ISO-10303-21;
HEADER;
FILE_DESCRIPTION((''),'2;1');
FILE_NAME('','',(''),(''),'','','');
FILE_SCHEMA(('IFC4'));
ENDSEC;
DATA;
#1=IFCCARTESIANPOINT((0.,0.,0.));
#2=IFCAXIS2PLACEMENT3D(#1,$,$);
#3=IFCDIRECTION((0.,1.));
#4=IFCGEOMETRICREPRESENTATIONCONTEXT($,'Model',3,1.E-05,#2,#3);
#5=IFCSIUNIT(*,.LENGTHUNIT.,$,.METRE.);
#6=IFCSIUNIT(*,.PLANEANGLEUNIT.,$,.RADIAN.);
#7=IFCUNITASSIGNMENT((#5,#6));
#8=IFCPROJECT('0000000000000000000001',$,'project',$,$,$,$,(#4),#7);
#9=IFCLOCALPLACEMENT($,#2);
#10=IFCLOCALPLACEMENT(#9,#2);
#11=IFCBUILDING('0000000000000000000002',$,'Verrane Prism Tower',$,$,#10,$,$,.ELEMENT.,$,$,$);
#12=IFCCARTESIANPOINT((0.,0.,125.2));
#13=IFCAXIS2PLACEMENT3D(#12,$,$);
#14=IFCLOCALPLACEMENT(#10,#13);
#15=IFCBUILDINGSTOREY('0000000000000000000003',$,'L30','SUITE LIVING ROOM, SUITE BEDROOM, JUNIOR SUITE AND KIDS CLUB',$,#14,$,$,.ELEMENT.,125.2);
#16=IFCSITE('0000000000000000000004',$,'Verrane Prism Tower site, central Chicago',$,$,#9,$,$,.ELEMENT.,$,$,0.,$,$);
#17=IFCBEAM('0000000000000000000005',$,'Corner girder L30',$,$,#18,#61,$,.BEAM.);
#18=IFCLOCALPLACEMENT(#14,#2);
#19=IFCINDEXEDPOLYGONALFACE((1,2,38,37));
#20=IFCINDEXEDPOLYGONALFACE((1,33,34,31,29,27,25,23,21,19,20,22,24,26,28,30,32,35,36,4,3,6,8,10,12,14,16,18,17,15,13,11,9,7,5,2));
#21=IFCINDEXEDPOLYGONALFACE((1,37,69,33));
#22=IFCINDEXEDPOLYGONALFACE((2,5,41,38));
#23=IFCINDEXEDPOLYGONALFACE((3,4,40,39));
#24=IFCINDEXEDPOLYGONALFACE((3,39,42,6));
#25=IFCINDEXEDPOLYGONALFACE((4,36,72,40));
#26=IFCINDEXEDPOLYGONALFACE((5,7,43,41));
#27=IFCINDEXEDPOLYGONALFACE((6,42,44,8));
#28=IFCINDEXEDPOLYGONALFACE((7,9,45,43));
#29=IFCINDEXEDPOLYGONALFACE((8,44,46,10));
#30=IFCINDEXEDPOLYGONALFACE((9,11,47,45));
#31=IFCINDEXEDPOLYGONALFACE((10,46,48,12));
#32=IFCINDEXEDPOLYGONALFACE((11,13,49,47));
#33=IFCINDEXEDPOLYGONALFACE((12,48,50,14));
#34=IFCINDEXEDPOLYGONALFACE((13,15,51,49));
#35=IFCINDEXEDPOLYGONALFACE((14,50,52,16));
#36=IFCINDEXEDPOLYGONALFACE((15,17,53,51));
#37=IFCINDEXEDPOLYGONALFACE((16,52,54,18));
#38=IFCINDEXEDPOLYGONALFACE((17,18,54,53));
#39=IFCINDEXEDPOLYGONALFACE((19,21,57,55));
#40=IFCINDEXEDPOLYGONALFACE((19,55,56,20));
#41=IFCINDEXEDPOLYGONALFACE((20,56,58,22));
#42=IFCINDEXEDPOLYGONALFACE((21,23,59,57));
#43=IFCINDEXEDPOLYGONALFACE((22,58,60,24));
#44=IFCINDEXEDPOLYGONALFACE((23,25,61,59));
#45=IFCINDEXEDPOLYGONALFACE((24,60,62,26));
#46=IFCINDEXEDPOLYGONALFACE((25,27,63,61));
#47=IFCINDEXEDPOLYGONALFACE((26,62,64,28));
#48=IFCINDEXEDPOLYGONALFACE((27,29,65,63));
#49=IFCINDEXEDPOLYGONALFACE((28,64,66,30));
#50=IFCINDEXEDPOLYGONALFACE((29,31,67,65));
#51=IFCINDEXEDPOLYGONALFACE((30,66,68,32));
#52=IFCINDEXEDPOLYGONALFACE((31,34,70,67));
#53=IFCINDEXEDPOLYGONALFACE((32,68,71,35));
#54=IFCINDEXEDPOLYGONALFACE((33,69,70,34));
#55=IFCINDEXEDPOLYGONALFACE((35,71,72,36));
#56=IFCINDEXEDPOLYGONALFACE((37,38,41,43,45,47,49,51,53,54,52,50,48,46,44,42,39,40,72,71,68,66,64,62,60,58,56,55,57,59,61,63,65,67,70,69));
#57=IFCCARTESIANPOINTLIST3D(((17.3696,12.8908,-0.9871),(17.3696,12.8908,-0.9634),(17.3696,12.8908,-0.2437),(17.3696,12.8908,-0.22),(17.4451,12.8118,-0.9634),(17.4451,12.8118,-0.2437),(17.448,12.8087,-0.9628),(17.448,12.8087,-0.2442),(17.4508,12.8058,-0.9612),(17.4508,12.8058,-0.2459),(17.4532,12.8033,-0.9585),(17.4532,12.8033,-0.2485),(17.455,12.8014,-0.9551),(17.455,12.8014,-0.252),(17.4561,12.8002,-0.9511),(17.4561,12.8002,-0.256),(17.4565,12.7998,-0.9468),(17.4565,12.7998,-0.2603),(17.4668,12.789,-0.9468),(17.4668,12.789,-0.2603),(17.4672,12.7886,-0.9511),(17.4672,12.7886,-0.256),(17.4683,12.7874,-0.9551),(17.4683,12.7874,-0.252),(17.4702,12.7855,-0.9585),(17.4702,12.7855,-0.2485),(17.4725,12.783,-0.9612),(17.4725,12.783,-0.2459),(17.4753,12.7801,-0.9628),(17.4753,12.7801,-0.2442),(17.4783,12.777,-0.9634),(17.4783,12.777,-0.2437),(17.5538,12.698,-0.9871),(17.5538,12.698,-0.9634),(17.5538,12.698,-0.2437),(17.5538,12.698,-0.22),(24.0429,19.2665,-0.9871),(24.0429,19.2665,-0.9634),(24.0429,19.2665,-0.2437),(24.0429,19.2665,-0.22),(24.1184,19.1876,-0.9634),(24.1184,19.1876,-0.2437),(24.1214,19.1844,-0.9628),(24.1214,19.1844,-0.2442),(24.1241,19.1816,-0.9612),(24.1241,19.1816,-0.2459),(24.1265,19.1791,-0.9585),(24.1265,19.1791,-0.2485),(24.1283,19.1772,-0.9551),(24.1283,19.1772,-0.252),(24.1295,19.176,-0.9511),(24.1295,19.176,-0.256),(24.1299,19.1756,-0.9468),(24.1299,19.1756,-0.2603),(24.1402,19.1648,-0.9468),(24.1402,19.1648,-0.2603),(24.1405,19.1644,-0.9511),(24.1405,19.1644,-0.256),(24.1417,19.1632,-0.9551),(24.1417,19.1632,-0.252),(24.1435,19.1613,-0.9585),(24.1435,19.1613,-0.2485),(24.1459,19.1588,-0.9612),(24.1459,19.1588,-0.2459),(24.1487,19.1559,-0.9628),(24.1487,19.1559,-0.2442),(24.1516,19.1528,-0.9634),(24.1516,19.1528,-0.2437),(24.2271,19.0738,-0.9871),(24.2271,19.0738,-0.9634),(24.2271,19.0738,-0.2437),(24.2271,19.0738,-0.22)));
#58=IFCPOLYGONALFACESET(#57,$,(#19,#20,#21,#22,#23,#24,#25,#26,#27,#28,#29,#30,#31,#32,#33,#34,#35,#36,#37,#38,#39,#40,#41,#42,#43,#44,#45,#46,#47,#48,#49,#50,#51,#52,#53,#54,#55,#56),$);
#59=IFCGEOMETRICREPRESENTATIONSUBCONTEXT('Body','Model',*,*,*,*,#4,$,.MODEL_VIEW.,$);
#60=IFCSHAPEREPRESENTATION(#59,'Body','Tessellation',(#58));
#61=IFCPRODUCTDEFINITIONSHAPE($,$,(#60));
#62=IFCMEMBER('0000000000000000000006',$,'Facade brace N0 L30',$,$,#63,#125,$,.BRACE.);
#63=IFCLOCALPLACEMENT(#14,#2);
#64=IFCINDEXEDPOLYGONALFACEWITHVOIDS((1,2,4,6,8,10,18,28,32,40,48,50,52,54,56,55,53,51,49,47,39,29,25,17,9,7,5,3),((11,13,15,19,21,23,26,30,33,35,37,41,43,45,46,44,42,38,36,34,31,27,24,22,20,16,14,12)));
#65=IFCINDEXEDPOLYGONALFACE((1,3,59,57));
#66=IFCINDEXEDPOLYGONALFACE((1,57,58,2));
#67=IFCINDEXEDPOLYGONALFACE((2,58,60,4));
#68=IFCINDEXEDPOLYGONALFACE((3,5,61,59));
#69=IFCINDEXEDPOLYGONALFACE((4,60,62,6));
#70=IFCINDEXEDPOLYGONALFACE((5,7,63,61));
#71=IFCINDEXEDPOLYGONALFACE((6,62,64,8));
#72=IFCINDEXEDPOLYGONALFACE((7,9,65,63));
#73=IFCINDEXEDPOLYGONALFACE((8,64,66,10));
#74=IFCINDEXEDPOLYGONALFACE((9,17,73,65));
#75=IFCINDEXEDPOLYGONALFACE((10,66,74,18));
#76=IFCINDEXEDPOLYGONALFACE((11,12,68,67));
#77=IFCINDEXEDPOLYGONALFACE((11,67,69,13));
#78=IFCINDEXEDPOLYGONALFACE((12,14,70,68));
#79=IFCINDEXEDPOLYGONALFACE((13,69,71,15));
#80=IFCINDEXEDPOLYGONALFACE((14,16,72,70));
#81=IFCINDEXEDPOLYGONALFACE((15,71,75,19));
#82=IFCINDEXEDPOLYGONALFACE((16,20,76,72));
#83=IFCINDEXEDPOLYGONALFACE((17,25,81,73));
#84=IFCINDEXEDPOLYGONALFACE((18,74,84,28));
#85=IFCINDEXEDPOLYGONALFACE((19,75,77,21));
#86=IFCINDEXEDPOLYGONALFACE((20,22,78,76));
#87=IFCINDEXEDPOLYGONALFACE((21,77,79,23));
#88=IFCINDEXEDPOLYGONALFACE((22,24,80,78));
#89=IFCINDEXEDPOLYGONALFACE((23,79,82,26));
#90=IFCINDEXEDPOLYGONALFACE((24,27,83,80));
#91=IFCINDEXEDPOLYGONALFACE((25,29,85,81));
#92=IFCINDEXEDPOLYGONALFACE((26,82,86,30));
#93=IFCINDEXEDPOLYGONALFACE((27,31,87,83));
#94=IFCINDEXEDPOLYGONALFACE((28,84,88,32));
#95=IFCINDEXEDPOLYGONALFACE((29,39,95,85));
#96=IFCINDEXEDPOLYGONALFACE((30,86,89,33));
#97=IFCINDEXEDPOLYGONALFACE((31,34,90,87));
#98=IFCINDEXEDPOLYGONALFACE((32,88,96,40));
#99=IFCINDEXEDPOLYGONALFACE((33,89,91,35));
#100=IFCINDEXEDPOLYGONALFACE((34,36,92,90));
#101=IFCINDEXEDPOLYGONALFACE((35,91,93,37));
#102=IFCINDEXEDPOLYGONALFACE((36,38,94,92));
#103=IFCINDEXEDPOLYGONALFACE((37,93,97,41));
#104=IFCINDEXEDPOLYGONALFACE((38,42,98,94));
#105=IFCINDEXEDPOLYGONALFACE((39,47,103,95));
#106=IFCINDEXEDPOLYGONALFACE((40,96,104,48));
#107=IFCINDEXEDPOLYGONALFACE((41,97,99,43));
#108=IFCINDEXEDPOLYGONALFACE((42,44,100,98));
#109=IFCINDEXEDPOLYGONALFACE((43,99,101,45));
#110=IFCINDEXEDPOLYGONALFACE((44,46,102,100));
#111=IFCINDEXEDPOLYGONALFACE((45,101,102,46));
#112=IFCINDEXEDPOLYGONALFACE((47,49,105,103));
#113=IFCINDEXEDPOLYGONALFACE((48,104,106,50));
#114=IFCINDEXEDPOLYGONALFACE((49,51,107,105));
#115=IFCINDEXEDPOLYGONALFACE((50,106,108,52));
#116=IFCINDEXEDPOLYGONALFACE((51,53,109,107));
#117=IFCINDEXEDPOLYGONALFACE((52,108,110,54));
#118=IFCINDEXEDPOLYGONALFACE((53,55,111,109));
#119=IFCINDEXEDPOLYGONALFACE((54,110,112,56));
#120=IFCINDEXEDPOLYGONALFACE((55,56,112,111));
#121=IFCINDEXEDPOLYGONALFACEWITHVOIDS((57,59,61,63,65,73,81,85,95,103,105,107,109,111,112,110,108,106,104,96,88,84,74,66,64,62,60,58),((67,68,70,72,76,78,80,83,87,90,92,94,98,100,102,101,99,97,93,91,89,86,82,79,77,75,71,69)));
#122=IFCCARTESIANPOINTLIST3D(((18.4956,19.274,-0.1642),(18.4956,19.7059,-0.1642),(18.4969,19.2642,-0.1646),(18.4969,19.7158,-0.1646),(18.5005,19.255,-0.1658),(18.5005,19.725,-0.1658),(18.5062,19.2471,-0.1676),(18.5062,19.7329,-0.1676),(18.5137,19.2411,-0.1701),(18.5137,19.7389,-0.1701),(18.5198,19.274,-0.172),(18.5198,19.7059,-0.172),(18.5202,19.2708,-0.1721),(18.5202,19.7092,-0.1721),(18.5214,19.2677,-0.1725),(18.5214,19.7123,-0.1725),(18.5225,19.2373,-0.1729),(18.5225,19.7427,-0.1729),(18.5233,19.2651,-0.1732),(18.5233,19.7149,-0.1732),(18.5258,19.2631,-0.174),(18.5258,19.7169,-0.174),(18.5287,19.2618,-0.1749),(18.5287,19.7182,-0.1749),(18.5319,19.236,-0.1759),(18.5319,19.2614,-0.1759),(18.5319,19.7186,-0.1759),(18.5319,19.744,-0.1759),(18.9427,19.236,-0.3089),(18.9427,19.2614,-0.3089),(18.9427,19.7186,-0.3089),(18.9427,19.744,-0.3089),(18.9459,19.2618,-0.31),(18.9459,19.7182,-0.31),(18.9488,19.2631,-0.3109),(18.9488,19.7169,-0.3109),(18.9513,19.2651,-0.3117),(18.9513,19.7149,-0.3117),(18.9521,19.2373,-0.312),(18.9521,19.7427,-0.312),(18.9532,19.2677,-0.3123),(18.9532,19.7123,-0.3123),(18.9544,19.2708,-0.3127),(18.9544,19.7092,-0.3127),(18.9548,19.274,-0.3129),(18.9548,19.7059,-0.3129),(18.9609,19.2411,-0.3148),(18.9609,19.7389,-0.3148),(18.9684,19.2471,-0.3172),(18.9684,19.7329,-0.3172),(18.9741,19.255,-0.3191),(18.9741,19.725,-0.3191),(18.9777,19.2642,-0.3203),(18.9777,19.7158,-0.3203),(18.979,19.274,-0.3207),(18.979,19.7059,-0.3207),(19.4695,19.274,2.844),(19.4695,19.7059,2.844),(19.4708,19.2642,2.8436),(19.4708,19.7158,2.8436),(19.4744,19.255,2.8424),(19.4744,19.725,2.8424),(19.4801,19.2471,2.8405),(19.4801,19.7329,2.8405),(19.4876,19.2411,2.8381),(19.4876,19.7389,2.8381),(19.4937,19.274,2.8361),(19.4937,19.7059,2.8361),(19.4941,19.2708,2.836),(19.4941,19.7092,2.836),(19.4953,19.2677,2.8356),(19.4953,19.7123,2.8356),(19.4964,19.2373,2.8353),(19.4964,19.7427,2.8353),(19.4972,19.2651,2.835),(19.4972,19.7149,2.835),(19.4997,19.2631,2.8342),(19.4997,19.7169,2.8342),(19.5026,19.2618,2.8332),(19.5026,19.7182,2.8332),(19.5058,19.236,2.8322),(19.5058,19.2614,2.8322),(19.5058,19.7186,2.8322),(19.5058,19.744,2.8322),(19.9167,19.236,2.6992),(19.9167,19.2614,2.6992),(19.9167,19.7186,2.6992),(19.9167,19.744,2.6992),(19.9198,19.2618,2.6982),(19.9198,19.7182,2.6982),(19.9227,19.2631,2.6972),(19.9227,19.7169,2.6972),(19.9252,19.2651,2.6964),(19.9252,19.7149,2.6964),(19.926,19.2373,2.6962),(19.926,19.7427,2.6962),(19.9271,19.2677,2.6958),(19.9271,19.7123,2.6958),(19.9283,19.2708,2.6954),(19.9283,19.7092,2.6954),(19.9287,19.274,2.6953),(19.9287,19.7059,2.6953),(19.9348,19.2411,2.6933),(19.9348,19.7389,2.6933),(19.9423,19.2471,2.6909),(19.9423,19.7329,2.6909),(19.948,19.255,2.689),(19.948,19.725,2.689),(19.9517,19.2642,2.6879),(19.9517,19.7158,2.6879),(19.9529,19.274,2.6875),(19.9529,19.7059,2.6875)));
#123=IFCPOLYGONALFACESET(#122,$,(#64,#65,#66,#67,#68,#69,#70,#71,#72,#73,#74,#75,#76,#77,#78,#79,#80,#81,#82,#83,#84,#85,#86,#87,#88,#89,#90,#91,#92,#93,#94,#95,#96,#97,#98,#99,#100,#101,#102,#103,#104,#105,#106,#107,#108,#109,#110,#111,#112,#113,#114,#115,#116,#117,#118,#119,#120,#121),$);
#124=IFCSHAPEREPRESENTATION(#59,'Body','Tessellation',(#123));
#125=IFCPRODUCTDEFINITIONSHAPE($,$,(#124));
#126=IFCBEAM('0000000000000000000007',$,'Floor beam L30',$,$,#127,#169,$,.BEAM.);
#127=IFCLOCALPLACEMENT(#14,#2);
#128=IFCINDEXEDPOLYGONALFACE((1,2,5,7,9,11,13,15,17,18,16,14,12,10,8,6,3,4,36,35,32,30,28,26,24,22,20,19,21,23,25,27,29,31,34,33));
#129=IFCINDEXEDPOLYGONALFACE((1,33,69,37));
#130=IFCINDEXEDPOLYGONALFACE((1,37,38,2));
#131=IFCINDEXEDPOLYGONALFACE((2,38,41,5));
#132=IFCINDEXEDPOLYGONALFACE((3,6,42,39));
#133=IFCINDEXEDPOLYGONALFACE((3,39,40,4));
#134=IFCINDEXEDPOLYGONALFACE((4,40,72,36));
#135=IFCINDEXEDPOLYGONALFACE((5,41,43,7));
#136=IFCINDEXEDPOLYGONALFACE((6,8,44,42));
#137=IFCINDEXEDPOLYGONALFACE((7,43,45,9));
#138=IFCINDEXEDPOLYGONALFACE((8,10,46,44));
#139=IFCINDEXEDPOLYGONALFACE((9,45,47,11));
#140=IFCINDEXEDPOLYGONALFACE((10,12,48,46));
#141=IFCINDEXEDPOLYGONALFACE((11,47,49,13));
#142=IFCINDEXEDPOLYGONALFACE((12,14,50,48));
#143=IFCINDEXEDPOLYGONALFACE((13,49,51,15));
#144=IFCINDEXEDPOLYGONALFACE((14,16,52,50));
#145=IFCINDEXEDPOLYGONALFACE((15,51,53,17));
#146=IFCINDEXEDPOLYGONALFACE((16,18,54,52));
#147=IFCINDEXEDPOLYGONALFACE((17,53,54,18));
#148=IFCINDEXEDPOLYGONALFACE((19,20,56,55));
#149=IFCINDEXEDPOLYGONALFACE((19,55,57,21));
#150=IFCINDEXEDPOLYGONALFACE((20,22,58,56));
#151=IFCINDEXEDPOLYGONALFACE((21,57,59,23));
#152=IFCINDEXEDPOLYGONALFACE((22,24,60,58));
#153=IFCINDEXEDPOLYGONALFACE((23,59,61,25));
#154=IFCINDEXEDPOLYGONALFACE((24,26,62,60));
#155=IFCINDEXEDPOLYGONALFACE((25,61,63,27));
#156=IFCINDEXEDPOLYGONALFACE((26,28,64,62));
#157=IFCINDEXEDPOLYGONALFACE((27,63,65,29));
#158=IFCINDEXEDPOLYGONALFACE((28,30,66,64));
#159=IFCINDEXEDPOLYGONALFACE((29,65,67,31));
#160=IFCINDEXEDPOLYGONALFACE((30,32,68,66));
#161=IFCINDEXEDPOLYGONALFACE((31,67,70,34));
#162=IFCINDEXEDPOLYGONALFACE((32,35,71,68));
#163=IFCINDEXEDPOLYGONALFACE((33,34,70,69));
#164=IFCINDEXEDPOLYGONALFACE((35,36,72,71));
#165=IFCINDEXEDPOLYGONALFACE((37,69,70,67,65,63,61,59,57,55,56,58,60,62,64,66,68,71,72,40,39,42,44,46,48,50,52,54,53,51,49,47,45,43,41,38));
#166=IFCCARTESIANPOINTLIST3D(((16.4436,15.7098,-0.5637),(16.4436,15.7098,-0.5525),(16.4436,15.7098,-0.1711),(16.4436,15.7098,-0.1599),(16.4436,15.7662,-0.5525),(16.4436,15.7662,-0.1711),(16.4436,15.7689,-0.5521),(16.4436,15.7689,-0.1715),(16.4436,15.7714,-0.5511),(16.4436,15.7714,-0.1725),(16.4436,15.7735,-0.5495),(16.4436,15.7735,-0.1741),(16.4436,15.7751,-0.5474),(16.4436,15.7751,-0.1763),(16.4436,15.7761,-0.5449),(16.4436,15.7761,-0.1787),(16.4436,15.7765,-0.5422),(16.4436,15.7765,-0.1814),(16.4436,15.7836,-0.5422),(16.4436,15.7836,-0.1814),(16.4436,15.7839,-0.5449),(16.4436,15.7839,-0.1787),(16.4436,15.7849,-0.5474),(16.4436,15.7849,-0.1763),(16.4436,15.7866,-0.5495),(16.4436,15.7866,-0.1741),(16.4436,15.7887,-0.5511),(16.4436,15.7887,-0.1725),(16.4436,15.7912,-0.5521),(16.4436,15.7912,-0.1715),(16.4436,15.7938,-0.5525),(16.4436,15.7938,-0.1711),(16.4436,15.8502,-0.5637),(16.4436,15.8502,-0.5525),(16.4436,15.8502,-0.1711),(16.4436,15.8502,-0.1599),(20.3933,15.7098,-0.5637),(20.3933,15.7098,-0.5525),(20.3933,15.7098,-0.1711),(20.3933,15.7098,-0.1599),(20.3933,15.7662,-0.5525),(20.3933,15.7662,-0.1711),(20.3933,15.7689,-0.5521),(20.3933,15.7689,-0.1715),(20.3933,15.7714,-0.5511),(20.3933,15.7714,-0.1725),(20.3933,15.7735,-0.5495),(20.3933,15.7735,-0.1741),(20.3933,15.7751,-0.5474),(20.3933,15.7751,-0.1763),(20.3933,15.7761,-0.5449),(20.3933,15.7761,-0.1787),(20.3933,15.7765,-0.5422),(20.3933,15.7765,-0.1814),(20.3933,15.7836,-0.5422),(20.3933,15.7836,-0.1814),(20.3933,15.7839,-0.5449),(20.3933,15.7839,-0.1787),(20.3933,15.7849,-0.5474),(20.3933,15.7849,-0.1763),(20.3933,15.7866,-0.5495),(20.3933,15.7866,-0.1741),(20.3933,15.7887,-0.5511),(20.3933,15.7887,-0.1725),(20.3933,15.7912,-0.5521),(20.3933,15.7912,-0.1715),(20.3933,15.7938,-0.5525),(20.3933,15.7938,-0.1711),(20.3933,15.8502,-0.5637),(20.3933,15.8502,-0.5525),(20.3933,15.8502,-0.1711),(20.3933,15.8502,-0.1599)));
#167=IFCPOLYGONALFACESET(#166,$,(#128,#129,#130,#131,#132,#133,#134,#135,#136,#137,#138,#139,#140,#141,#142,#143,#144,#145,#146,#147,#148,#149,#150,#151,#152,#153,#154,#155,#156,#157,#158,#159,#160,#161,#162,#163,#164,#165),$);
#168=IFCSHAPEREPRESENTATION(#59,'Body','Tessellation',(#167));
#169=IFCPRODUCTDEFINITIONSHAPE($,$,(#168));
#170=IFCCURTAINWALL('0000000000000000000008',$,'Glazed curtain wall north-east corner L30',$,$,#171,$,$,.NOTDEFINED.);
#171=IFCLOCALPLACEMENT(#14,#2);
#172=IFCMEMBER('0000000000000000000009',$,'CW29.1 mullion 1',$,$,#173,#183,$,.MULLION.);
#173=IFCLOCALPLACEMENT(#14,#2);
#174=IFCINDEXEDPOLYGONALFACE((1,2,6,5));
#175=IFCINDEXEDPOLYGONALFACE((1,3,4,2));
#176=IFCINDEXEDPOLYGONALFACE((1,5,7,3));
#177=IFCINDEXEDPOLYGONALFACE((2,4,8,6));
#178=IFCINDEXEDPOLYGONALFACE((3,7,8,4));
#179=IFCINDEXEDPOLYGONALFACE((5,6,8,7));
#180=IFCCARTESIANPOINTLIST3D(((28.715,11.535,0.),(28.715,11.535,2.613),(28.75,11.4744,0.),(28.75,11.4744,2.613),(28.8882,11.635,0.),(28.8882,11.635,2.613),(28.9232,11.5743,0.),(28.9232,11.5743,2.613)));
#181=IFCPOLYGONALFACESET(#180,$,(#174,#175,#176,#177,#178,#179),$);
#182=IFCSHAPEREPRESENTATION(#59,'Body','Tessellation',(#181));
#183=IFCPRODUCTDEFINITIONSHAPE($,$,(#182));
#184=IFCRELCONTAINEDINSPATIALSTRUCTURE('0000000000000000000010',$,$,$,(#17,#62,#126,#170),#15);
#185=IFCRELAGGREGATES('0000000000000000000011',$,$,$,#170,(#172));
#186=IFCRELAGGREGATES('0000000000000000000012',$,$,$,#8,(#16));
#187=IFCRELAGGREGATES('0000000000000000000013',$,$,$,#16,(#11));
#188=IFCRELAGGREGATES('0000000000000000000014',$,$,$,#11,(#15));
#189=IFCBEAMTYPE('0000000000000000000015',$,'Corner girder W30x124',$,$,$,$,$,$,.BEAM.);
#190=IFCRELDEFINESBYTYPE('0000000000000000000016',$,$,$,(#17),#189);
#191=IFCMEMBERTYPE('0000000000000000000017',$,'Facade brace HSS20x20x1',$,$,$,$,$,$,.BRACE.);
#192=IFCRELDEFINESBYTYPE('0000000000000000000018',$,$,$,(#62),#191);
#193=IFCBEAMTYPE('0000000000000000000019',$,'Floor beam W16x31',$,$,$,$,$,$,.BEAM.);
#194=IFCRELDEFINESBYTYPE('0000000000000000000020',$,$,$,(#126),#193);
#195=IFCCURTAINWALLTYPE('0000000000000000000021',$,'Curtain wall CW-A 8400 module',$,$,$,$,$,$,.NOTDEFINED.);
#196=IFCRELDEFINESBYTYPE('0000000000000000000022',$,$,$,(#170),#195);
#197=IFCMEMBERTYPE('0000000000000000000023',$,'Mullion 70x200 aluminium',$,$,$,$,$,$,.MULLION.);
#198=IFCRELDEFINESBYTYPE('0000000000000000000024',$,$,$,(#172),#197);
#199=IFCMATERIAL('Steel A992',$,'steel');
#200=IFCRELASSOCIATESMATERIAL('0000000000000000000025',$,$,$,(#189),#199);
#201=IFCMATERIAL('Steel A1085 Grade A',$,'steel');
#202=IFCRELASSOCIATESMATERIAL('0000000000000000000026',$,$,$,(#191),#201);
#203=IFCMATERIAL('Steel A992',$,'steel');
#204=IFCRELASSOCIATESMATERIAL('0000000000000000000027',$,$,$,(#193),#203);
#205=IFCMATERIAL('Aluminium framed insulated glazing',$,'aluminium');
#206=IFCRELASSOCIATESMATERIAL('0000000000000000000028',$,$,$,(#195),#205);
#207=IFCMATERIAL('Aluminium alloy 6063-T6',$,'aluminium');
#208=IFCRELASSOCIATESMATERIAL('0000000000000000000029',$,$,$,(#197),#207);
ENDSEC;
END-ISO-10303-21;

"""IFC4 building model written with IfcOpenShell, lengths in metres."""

from ifc_helpers import new_model, si_unit, direction, frame, origin, origin_2d, place, context, subcontext, project, spatial, rectangle, hollow_rectangle, i_section, extrude, material, material_profile, profile_set, type_object, element, aggregate, save


model = new_model("IFC4")

# Units and contexts
model_context = context("Model", 3, precision=1e-05, world=origin(), true_north=direction((0.0, 1.0)))
body_context = subcontext(model_context, "Body", "Model", "MODEL_VIEW")
ifc_project = project(units=[si_unit("LENGTHUNIT", "METRE"), si_unit("PLANEANGLEUNIT", "RADIAN")], contexts=[model_context])

# Site, building, storey
site_placement = place(None, origin())
site = spatial("IfcSite", under=ifc_project, at=site_placement, Name="Verrane Prism Tower site, central Chicago", CompositionType="ELEMENT", RefElevation=0.0)
building_placement = place(site_placement, origin())
building = spatial("IfcBuilding", under=site, at=building_placement, Name="Verrane Prism Tower", CompositionType="ELEMENT")
storey_placement = place(building_placement, frame((0.0, 0.0, 125.2)))
storey = spatial("IfcBuildingStorey", under=building, at=storey_placement, Name="L30", Description="SUITE LIVING ROOM, SUITE BEDROOM, JUNIOR SUITE AND KIDS CLUB", CompositionType="ELEMENT", Elevation=125.2)

# Beam
ifc_material_1 = material(Name="Steel A992", Category="steel")
ifc_material_profile_1 = material_profile(ifc_material_1, i_section(OverallWidth=0.2666, OverallDepth=0.7671, WebThickness=0.0149, FlangeThickness=0.0237, FilletRadius=0.0166, at=origin_2d()), Name="W30x124")
ifc_profile_set_1 = profile_set([ifc_material_profile_1], Name="Steel A992")
beam_type_1 = type_object("IfcBeamType", Name="Corner girder W30x124", PredefinedType="BEAM", material=ifc_profile_set_1)
beam_1_placement = place(storey_placement, frame((24.135, 19.1702, -0.6035), z_axis=(-0.723046, -0.6908, 0.0), x_axis=(0.6908, -0.723046, 0.0)))
element("IfcBeam", 1, at=beam_1_placement, inside=storey, type_object=beam_type_1, Name="Corner girder L30", PredefinedType="BEAM", context=body_context, shape_type="SweptSolid", body=[
    extrude(i_section(OverallWidth=0.2666, OverallDepth=0.7671, WebThickness=0.0149, FlangeThickness=0.0237, FilletRadius=0.0166, at=origin_2d()), origin(), (0.0, 0.0, 1.0), 9.2295),
])

# Member
ifc_material_2 = material(Name="Steel A1085 Grade A", Category="steel")
ifc_material_profile_2 = material_profile(ifc_material_2, hollow_rectangle(XDim=0.5081, YDim=0.5081, WallThickness=0.0254, InnerFilletRadius=0.0127, OuterFilletRadius=0.0381, at=origin_2d()), Name="HSS20x20x1")
ifc_profile_set_2 = profile_set([ifc_material_profile_2], Name="Steel A1085 Grade A")
member_type_1 = type_object("IfcMemberType", Name="Facade brace HSS20x20x1", PredefinedType="BRACE", material=ifc_profile_set_2)
member_1_placement = place(storey_placement, frame((18.7373, 19.49, -0.2424), z_axis=(0.308016, 0.0, 0.951381), x_axis=(0.0, 1.0, 0.0)))
element("IfcMember", 2, at=member_1_placement, inside=storey, type_object=member_type_1, Name="Facade brace N0 L30", PredefinedType="BRACE", context=body_context, shape_type="SweptSolid", body=[
    extrude(hollow_rectangle(XDim=0.5081, YDim=0.5081, WallThickness=0.0254, InnerFilletRadius=0.0127, OuterFilletRadius=0.0381, at=origin_2d()), origin(), (0.0, 0.0, 1.0), 3.1619),
])

# Beam
ifc_material_3 = material(Name="Steel A992", Category="steel")
ifc_material_profile_3 = material_profile(ifc_material_3, i_section(OverallWidth=0.1404, OverallDepth=0.4038, WebThickness=0.0071, FlangeThickness=0.0112, FilletRadius=0.0103, at=origin_2d()), Name="W16x31")
ifc_profile_set_3 = profile_set([ifc_material_profile_3], Name="Steel A992")
beam_type_2 = type_object("IfcBeamType", Name="Floor beam W16x31", PredefinedType="BEAM", material=ifc_profile_set_3)
beam_2_placement = place(storey_placement, frame((16.4436, 15.78, -0.3618), z_axis=(1.0, 0.0, 0.0), x_axis=(0.0, 1.0, 0.0)))
element("IfcBeam", 3, at=beam_2_placement, inside=storey, type_object=beam_type_2, Name="Floor beam L30", PredefinedType="BEAM", context=body_context, shape_type="SweptSolid", body=[
    extrude(i_section(OverallWidth=0.1404, OverallDepth=0.4038, WebThickness=0.0071, FlangeThickness=0.0112, FilletRadius=0.0103, at=origin_2d()), origin(), (0.0, 0.0, 1.0), 3.9497),
])

# Curtain wall, member
ifc_material_4 = material(Name="Aluminium framed insulated glazing", Category="aluminium")
curtain_wall_type = type_object("IfcCurtainWallType", Name="Curtain wall CW-A 8400 module", PredefinedType="NOTDEFINED", material=ifc_material_4)
curtain_wall_1_placement = place(storey_placement, origin())
curtain_wall_1 = element("IfcCurtainWall", 4, at=curtain_wall_1_placement, inside=storey, type_object=curtain_wall_type, Name="Glazed curtain wall north-east corner L30", PredefinedType="NOTDEFINED")
ifc_material_5 = material(Name="Aluminium alloy 6063-T6", Category="aluminium")
ifc_material_profile_4 = material_profile(ifc_material_5, rectangle(XDim=0.2, YDim=0.0701, at=origin_2d()), Name="Mullion 70x200 aluminium")
ifc_profile_set_4 = profile_set([ifc_material_profile_4], Name="Aluminium alloy 6063-T6")
member_type_2 = type_object("IfcMemberType", Name="Mullion 70x200 aluminium", PredefinedType="MULLION", material=ifc_profile_set_4)
member_2_placement = place(storey_placement, frame((28.8191, 11.5547, 0.0), z_axis=(0.0, 0.0, 1.0), x_axis=(-0.866026, -0.499998, 0.0)))
member_2 = element("IfcMember", 5, at=member_2_placement, type_object=member_type_2, Name="CW29.1 mullion 1", PredefinedType="MULLION", context=body_context, shape_type="SweptSolid", body=[
    extrude(rectangle(XDim=0.2, YDim=0.0701, at=origin_2d()), origin(), (0.0, 0.0, 1.0), 2.613),
])

aggregate(curtain_wall_1, [member_2])

save(model, "model.ifc")
